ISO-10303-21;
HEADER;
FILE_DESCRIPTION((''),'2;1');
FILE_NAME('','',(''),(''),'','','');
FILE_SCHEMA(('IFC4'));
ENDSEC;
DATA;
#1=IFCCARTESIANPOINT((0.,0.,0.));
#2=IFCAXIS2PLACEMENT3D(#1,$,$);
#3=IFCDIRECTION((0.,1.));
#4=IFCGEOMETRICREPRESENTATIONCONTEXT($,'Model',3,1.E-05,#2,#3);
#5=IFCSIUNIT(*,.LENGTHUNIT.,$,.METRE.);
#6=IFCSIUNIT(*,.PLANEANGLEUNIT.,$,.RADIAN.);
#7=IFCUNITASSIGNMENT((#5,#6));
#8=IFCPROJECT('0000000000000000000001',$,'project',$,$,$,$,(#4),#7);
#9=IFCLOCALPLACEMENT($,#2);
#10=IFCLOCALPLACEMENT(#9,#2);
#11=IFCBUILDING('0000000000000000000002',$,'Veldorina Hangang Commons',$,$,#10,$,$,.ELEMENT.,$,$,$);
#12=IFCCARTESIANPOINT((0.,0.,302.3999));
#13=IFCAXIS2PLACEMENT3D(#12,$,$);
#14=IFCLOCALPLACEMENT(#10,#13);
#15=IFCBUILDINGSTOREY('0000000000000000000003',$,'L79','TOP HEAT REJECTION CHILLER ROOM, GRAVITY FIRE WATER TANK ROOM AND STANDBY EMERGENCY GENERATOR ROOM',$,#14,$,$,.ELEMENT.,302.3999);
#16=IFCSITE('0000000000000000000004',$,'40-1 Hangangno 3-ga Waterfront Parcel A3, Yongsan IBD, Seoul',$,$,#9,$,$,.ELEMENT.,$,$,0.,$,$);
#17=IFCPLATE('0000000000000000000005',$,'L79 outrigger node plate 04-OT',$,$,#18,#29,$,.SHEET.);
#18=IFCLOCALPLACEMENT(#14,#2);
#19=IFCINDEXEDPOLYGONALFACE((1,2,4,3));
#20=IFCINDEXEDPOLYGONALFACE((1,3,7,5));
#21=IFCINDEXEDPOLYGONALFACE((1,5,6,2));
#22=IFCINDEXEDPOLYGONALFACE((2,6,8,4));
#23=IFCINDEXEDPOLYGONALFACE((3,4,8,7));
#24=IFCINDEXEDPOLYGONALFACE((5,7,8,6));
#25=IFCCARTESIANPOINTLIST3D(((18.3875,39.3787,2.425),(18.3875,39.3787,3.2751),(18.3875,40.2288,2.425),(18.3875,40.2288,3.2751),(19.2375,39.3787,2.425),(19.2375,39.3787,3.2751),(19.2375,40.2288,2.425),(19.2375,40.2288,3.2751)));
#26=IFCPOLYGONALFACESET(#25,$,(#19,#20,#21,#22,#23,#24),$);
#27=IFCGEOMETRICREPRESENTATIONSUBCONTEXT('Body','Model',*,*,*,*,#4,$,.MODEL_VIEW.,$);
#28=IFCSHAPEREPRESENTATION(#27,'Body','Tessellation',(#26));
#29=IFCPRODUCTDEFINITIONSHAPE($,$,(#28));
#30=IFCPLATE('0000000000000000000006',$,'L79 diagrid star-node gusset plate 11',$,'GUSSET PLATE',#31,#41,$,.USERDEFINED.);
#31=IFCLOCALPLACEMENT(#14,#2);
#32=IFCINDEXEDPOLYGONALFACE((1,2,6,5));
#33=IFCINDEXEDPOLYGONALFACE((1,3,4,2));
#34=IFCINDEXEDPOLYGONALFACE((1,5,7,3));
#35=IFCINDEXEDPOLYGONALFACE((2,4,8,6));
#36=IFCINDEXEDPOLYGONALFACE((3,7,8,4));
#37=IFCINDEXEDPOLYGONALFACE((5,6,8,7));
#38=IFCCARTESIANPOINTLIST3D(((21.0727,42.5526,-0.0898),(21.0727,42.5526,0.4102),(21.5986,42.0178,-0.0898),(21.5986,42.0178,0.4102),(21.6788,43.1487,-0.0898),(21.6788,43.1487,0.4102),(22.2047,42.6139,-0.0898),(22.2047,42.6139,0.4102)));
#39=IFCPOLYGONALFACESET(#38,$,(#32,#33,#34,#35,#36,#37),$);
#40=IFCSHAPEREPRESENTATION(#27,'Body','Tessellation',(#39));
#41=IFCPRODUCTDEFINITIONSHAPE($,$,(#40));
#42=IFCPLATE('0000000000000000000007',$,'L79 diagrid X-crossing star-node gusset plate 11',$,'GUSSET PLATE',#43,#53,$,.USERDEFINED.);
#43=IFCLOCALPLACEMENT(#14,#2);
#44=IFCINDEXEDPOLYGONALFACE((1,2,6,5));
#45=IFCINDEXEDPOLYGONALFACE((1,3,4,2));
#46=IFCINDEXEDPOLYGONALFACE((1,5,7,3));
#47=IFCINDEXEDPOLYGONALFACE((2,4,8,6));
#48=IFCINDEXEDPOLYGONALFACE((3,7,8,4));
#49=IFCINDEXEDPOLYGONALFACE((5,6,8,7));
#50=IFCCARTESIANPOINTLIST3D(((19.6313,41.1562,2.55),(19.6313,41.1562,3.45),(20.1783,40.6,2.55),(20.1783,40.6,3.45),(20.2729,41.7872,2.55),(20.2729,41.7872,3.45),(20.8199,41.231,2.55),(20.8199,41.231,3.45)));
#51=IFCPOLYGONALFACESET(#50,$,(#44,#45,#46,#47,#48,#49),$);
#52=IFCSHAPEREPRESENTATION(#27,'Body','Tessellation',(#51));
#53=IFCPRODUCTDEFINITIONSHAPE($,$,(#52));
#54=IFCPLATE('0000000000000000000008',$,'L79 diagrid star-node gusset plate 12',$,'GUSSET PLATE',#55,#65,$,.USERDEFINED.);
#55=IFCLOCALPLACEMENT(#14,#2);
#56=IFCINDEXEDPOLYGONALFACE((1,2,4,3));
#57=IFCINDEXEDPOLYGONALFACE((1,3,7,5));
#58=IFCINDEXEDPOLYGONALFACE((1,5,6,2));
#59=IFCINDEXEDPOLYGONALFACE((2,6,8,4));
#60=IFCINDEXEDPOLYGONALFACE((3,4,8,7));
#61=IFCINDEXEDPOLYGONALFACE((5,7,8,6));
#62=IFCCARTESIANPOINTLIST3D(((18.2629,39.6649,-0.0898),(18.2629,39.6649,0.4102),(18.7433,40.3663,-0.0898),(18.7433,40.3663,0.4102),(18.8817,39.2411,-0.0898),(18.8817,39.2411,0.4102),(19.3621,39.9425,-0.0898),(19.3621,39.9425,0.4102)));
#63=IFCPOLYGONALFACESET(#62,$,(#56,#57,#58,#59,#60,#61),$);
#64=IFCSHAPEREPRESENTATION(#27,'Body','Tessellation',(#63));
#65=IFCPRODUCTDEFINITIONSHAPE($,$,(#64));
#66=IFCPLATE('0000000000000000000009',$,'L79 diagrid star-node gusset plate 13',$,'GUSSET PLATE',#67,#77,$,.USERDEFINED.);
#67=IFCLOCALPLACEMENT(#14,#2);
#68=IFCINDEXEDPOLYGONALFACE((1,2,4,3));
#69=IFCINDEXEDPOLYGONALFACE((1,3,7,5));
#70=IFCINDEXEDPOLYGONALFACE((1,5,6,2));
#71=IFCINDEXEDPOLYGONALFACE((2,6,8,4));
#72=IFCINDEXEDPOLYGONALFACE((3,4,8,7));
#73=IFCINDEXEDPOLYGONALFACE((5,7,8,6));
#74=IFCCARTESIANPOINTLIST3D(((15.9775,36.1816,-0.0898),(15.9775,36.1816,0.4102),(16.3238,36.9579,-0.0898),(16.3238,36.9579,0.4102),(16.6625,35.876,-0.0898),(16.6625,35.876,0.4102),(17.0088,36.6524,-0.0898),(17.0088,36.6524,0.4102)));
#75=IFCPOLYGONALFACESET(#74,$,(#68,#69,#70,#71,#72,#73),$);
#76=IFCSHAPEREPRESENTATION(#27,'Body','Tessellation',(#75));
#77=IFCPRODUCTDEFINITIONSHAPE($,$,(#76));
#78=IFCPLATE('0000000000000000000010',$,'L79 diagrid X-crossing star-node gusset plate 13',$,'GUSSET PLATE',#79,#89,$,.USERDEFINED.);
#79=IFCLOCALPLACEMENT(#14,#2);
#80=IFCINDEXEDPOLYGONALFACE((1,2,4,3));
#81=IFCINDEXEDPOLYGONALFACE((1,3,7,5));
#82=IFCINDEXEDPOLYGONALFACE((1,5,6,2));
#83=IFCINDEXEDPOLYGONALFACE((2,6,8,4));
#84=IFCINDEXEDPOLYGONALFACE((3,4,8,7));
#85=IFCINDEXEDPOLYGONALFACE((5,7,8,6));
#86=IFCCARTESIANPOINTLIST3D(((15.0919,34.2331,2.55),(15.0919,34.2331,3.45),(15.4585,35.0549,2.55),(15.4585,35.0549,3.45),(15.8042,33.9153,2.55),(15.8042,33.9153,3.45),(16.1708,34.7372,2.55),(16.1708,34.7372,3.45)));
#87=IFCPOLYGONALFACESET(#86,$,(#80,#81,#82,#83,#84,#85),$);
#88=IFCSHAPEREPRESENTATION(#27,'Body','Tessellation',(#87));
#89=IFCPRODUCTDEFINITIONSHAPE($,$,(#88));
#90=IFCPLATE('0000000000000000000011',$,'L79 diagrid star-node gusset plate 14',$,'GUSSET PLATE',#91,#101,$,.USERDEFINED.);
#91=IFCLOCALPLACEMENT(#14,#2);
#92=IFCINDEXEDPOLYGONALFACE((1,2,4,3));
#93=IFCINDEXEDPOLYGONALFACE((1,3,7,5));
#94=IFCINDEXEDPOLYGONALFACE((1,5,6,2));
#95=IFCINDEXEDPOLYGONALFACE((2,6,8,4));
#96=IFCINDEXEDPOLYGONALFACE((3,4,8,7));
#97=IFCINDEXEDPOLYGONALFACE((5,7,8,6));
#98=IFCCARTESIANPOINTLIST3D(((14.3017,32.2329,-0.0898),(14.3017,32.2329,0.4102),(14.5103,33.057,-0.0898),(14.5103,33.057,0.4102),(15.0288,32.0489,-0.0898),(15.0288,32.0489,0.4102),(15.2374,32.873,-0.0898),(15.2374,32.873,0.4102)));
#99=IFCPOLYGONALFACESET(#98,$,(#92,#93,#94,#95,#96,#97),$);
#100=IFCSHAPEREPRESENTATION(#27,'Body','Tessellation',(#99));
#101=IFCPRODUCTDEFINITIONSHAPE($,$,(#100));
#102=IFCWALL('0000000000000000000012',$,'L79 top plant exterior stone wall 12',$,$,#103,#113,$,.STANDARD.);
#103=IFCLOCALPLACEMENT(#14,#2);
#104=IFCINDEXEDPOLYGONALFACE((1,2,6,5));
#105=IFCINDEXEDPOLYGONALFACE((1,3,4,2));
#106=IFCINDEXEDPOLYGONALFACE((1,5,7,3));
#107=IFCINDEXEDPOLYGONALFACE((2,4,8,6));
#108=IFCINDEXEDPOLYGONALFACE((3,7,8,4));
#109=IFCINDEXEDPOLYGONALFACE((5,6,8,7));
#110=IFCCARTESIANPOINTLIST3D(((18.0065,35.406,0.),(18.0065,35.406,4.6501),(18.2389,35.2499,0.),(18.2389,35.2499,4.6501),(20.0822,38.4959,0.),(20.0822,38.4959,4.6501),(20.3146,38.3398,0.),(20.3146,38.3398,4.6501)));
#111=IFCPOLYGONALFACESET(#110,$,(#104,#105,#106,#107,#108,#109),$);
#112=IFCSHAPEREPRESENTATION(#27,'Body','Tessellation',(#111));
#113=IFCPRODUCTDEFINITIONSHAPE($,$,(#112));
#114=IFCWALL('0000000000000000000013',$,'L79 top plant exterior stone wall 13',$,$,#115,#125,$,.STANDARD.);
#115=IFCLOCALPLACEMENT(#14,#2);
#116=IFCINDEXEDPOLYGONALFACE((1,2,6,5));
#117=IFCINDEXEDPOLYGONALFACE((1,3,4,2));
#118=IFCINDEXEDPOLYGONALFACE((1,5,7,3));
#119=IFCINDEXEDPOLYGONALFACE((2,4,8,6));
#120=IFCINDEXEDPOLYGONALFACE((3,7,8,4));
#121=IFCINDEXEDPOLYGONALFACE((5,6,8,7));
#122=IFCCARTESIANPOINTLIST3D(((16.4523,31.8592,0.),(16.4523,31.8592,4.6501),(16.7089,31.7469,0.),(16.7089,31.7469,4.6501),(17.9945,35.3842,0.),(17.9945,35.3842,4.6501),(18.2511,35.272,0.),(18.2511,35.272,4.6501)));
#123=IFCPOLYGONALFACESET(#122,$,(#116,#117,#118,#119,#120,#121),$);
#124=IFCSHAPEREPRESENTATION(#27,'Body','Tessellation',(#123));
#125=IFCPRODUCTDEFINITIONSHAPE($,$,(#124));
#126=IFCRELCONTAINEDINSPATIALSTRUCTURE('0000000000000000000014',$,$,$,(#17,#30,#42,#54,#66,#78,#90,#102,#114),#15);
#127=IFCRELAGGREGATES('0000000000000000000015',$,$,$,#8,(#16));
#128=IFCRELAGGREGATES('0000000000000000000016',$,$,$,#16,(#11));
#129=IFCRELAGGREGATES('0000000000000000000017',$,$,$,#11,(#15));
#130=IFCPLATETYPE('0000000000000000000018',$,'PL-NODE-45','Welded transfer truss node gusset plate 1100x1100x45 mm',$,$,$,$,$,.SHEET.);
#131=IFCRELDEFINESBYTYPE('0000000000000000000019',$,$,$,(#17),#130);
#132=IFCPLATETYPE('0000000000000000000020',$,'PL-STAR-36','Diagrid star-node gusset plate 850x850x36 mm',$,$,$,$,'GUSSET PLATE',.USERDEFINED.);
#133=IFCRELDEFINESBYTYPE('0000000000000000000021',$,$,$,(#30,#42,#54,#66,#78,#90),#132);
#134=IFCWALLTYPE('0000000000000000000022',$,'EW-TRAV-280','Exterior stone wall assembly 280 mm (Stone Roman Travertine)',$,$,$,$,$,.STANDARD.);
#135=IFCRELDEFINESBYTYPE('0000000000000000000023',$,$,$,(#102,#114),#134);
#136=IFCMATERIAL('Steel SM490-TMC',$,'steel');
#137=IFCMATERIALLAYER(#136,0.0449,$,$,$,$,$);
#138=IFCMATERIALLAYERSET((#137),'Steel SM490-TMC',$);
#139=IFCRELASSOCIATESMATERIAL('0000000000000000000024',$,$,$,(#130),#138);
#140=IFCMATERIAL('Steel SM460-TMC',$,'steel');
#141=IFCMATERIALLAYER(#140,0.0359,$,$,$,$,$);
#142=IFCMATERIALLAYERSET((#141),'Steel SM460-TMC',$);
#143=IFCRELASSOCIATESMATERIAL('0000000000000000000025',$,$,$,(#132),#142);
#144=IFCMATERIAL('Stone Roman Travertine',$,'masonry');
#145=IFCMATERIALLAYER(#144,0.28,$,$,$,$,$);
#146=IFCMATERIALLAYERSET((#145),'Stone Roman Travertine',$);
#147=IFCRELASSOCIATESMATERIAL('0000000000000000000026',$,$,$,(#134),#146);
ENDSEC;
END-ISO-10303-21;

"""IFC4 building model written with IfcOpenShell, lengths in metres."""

from ifc_helpers import new_model, si_unit, direction, frame, frame_2d, origin, origin_2d, place, context, subcontext, project, spatial, rectangle, extrude, material, layer, layer_set, type_object, element, save


model = new_model("IFC4")

# Units and contexts
model_context = context("Model", 3, precision=1e-05, world=origin(), true_north=direction((0.0, 1.0)))
body_context = subcontext(model_context, "Body", "Model", "MODEL_VIEW")
ifc_project = project(units=[si_unit("LENGTHUNIT", "METRE"), si_unit("PLANEANGLEUNIT", "RADIAN")], contexts=[model_context])

# Site, building, storey
site_placement = place(None, origin())
site = spatial("IfcSite", under=ifc_project, at=site_placement, Name="40-1 Hangangno 3-ga Waterfront Parcel A3, Yongsan IBD, Seoul", CompositionType="ELEMENT", RefElevation=0.0)
building_placement = place(site_placement, origin())
building = spatial("IfcBuilding", under=site, at=building_placement, Name="Veldorina Hangang Commons", CompositionType="ELEMENT")
storey_placement = place(building_placement, frame((0.0, 0.0, 302.3999)))
storey = spatial("IfcBuildingStorey", under=building, at=storey_placement, Name="L79", Description="TOP HEAT REJECTION CHILLER ROOM, GRAVITY FIRE WATER TANK ROOM AND STANDBY EMERGENCY GENERATOR ROOM", CompositionType="ELEMENT", Elevation=302.3999)

# Shared definitions
ifc_material_1 = material(Name="Steel SM460-TMC", Category="steel")

# Plates
ifc_material_2 = material(Name="Steel SM490-TMC", Category="steel")
ifc_layer_1 = layer(ifc_material_2, 0.0449)
ifc_layer_set_1 = layer_set([ifc_layer_1], Name="Steel SM490-TMC")
plate_type_1 = type_object("IfcPlateType", Name="PL-NODE-45", Description="Welded transfer truss node gusset plate 1100x1100x45 mm", PredefinedType="SHEET", material=ifc_layer_set_1)
plate_1_placement = place(storey_placement, frame((18.8125, 39.8037, 2.425), z_axis=(0.0, 0.0, 1.0), x_axis=(1.0, 0.0, 0.0)))
element("IfcPlate", 1, at=plate_1_placement, inside=storey, type_object=plate_type_1, Name="L79 outrigger node plate 04-OT", PredefinedType="SHEET", context=body_context, shape_type="SweptSolid", body=[
    extrude(rectangle(XDim=0.8501, YDim=0.8501, at=origin_2d()), origin(), (0.0, 0.0, 1.0), 0.8501),
])
ifc_layer_2 = layer(ifc_material_1, 0.0359)
ifc_layer_set_2 = layer_set([ifc_layer_2], Name="Steel SM460-TMC")
plate_type_2 = type_object("IfcPlateType", Name="PL-STAR-36", Description="Diagrid star-node gusset plate 850x850x36 mm", ElementType="GUSSET PLATE", PredefinedType="USERDEFINED", material=ifc_layer_set_2)
plate_2_placement = place(storey_placement, frame((21.6387, 42.5833, -0.0898), z_axis=(0.0, 0.0, 1.0), x_axis=(-0.712957, -0.701208, 0.0)))
element("IfcPlate", 2, at=plate_2_placement, inside=storey, type_object=plate_type_2, Name="L79 diagrid star-node gusset plate 11", ObjectType="GUSSET PLATE", PredefinedType="USERDEFINED", context=body_context, shape_type="SweptSolid", body=[
    extrude(rectangle(XDim=0.8501, YDim=0.75, at=origin_2d()), origin(), (0.0, 0.0, 1.0), 0.5),
])
plate_3_placement = place(storey_placement, frame((20.2256, 41.1936, 2.55), z_axis=(0.0, 0.0, 1.0), x_axis=(-0.712957, -0.701208, 0.0)))
element("IfcPlate", 3, at=plate_3_placement, inside=storey, type_object=plate_type_2, Name="L79 diagrid X-crossing star-node gusset plate 11", ObjectType="GUSSET PLATE", PredefinedType="USERDEFINED", context=body_context, shape_type="SweptSolid", body=[
    extrude(rectangle(XDim=0.8999, YDim=0.78, at=origin_2d()), origin(), (0.0, 0.0, 1.0), 0.8999),
])
for number, where, z_axis, x_axis, name in (
    (4, (18.8125, 39.8037, -0.0898), (0.0, 0.0, 1.0), (-0.565039, -0.825064, 0.0), "L79 diagrid star-node gusset plate 12"),
    (5, (16.4932, 36.417, -0.0898), (0.0, 0.0, 1.0), (-0.407358, -0.913268, 0.0), "L79 diagrid star-node gusset plate 13"),
):
    element("IfcPlate", number, at=place(storey_placement, frame(where, z_axis=z_axis, x_axis=x_axis)), inside=storey, type_object=plate_type_2, Name=name, ObjectType="GUSSET PLATE", PredefinedType="USERDEFINED", context=body_context, shape_type="SweptSolid", body=[
        extrude(rectangle(XDim=0.8501, YDim=0.75, at=origin_2d()), origin(), (0.0, 0.0, 1.0), 0.5),
    ])
plate_4_placement = place(storey_placement, frame((15.6313, 34.4851, 2.55), z_axis=(0.0, 0.0, 1.0), x_axis=(-0.407358, -0.913268, 0.0)))
element("IfcPlate", 6, at=plate_4_placement, inside=storey, type_object=plate_type_2, Name="L79 diagrid X-crossing star-node gusset plate 13", ObjectType="GUSSET PLATE", PredefinedType="USERDEFINED", context=body_context, shape_type="SweptSolid", body=[
    extrude(rectangle(XDim=0.8999, YDim=0.78, at=origin_2d()), origin(), (0.0, 0.0, 1.0), 0.8999),
])
plate_5_placement = place(storey_placement, frame((14.7695, 32.553, -0.0898), z_axis=(0.0, 0.0, 1.0), x_axis=(-0.245375, -0.969428, 0.0)))
element("IfcPlate", 7, at=plate_5_placement, inside=storey, type_object=plate_type_2, Name="L79 diagrid star-node gusset plate 14", ObjectType="GUSSET PLATE", PredefinedType="USERDEFINED", context=body_context, shape_type="SweptSolid", body=[
    extrude(rectangle(XDim=0.8501, YDim=0.75, at=origin_2d()), origin(), (0.0, 0.0, 1.0), 0.5),
])

# Walls
ifc_material_3 = material(Name="Stone Roman Travertine", Category="masonry")
ifc_layer_3 = layer(ifc_material_3, 0.28)
ifc_layer_set_3 = layer_set([ifc_layer_3], Name="Stone Roman Travertine")
wall_type = type_object("IfcWallType", Name="EW-TRAV-280", Description="Exterior stone wall assembly 280 mm (Stone Roman Travertine)", PredefinedType="STANDARD", material=ifc_layer_set_3)
wall_1_placement = place(storey_placement, frame((20.1985, 38.418, 0.0), z_axis=(0.0, 0.0, 1.0), x_axis=(-0.557633, -0.830088, 0.0)))
element("IfcWall", 8, at=wall_1_placement, inside=storey, type_object=wall_type, Name="L79 top plant exterior stone wall 12", PredefinedType="STANDARD", context=body_context, shape_type="SweptSolid", body=[
    extrude(rectangle(XDim=3.7224, YDim=0.28, at=frame_2d((1.8613, 0.0))), origin(), (0.0, 0.0, 1.0), 4.6501),
])
wall_2_placement = place(storey_placement, frame((18.1228, 35.3281, 0.0), z_axis=(0.0, 0.0, 1.0), x_axis=(-0.400816, -0.916159, 0.0)))
element("IfcWall", 9, at=wall_2_placement, inside=storey, type_object=wall_type, Name="L79 top plant exterior stone wall 13", PredefinedType="STANDARD", context=body_context, shape_type="SweptSolid", body=[
    extrude(rectangle(XDim=3.8477, YDim=0.28, at=frame_2d((1.9238, 0.0))), origin(), (0.0, 0.0, 1.0), 4.6501),
])

save(model, "model.ifc")
